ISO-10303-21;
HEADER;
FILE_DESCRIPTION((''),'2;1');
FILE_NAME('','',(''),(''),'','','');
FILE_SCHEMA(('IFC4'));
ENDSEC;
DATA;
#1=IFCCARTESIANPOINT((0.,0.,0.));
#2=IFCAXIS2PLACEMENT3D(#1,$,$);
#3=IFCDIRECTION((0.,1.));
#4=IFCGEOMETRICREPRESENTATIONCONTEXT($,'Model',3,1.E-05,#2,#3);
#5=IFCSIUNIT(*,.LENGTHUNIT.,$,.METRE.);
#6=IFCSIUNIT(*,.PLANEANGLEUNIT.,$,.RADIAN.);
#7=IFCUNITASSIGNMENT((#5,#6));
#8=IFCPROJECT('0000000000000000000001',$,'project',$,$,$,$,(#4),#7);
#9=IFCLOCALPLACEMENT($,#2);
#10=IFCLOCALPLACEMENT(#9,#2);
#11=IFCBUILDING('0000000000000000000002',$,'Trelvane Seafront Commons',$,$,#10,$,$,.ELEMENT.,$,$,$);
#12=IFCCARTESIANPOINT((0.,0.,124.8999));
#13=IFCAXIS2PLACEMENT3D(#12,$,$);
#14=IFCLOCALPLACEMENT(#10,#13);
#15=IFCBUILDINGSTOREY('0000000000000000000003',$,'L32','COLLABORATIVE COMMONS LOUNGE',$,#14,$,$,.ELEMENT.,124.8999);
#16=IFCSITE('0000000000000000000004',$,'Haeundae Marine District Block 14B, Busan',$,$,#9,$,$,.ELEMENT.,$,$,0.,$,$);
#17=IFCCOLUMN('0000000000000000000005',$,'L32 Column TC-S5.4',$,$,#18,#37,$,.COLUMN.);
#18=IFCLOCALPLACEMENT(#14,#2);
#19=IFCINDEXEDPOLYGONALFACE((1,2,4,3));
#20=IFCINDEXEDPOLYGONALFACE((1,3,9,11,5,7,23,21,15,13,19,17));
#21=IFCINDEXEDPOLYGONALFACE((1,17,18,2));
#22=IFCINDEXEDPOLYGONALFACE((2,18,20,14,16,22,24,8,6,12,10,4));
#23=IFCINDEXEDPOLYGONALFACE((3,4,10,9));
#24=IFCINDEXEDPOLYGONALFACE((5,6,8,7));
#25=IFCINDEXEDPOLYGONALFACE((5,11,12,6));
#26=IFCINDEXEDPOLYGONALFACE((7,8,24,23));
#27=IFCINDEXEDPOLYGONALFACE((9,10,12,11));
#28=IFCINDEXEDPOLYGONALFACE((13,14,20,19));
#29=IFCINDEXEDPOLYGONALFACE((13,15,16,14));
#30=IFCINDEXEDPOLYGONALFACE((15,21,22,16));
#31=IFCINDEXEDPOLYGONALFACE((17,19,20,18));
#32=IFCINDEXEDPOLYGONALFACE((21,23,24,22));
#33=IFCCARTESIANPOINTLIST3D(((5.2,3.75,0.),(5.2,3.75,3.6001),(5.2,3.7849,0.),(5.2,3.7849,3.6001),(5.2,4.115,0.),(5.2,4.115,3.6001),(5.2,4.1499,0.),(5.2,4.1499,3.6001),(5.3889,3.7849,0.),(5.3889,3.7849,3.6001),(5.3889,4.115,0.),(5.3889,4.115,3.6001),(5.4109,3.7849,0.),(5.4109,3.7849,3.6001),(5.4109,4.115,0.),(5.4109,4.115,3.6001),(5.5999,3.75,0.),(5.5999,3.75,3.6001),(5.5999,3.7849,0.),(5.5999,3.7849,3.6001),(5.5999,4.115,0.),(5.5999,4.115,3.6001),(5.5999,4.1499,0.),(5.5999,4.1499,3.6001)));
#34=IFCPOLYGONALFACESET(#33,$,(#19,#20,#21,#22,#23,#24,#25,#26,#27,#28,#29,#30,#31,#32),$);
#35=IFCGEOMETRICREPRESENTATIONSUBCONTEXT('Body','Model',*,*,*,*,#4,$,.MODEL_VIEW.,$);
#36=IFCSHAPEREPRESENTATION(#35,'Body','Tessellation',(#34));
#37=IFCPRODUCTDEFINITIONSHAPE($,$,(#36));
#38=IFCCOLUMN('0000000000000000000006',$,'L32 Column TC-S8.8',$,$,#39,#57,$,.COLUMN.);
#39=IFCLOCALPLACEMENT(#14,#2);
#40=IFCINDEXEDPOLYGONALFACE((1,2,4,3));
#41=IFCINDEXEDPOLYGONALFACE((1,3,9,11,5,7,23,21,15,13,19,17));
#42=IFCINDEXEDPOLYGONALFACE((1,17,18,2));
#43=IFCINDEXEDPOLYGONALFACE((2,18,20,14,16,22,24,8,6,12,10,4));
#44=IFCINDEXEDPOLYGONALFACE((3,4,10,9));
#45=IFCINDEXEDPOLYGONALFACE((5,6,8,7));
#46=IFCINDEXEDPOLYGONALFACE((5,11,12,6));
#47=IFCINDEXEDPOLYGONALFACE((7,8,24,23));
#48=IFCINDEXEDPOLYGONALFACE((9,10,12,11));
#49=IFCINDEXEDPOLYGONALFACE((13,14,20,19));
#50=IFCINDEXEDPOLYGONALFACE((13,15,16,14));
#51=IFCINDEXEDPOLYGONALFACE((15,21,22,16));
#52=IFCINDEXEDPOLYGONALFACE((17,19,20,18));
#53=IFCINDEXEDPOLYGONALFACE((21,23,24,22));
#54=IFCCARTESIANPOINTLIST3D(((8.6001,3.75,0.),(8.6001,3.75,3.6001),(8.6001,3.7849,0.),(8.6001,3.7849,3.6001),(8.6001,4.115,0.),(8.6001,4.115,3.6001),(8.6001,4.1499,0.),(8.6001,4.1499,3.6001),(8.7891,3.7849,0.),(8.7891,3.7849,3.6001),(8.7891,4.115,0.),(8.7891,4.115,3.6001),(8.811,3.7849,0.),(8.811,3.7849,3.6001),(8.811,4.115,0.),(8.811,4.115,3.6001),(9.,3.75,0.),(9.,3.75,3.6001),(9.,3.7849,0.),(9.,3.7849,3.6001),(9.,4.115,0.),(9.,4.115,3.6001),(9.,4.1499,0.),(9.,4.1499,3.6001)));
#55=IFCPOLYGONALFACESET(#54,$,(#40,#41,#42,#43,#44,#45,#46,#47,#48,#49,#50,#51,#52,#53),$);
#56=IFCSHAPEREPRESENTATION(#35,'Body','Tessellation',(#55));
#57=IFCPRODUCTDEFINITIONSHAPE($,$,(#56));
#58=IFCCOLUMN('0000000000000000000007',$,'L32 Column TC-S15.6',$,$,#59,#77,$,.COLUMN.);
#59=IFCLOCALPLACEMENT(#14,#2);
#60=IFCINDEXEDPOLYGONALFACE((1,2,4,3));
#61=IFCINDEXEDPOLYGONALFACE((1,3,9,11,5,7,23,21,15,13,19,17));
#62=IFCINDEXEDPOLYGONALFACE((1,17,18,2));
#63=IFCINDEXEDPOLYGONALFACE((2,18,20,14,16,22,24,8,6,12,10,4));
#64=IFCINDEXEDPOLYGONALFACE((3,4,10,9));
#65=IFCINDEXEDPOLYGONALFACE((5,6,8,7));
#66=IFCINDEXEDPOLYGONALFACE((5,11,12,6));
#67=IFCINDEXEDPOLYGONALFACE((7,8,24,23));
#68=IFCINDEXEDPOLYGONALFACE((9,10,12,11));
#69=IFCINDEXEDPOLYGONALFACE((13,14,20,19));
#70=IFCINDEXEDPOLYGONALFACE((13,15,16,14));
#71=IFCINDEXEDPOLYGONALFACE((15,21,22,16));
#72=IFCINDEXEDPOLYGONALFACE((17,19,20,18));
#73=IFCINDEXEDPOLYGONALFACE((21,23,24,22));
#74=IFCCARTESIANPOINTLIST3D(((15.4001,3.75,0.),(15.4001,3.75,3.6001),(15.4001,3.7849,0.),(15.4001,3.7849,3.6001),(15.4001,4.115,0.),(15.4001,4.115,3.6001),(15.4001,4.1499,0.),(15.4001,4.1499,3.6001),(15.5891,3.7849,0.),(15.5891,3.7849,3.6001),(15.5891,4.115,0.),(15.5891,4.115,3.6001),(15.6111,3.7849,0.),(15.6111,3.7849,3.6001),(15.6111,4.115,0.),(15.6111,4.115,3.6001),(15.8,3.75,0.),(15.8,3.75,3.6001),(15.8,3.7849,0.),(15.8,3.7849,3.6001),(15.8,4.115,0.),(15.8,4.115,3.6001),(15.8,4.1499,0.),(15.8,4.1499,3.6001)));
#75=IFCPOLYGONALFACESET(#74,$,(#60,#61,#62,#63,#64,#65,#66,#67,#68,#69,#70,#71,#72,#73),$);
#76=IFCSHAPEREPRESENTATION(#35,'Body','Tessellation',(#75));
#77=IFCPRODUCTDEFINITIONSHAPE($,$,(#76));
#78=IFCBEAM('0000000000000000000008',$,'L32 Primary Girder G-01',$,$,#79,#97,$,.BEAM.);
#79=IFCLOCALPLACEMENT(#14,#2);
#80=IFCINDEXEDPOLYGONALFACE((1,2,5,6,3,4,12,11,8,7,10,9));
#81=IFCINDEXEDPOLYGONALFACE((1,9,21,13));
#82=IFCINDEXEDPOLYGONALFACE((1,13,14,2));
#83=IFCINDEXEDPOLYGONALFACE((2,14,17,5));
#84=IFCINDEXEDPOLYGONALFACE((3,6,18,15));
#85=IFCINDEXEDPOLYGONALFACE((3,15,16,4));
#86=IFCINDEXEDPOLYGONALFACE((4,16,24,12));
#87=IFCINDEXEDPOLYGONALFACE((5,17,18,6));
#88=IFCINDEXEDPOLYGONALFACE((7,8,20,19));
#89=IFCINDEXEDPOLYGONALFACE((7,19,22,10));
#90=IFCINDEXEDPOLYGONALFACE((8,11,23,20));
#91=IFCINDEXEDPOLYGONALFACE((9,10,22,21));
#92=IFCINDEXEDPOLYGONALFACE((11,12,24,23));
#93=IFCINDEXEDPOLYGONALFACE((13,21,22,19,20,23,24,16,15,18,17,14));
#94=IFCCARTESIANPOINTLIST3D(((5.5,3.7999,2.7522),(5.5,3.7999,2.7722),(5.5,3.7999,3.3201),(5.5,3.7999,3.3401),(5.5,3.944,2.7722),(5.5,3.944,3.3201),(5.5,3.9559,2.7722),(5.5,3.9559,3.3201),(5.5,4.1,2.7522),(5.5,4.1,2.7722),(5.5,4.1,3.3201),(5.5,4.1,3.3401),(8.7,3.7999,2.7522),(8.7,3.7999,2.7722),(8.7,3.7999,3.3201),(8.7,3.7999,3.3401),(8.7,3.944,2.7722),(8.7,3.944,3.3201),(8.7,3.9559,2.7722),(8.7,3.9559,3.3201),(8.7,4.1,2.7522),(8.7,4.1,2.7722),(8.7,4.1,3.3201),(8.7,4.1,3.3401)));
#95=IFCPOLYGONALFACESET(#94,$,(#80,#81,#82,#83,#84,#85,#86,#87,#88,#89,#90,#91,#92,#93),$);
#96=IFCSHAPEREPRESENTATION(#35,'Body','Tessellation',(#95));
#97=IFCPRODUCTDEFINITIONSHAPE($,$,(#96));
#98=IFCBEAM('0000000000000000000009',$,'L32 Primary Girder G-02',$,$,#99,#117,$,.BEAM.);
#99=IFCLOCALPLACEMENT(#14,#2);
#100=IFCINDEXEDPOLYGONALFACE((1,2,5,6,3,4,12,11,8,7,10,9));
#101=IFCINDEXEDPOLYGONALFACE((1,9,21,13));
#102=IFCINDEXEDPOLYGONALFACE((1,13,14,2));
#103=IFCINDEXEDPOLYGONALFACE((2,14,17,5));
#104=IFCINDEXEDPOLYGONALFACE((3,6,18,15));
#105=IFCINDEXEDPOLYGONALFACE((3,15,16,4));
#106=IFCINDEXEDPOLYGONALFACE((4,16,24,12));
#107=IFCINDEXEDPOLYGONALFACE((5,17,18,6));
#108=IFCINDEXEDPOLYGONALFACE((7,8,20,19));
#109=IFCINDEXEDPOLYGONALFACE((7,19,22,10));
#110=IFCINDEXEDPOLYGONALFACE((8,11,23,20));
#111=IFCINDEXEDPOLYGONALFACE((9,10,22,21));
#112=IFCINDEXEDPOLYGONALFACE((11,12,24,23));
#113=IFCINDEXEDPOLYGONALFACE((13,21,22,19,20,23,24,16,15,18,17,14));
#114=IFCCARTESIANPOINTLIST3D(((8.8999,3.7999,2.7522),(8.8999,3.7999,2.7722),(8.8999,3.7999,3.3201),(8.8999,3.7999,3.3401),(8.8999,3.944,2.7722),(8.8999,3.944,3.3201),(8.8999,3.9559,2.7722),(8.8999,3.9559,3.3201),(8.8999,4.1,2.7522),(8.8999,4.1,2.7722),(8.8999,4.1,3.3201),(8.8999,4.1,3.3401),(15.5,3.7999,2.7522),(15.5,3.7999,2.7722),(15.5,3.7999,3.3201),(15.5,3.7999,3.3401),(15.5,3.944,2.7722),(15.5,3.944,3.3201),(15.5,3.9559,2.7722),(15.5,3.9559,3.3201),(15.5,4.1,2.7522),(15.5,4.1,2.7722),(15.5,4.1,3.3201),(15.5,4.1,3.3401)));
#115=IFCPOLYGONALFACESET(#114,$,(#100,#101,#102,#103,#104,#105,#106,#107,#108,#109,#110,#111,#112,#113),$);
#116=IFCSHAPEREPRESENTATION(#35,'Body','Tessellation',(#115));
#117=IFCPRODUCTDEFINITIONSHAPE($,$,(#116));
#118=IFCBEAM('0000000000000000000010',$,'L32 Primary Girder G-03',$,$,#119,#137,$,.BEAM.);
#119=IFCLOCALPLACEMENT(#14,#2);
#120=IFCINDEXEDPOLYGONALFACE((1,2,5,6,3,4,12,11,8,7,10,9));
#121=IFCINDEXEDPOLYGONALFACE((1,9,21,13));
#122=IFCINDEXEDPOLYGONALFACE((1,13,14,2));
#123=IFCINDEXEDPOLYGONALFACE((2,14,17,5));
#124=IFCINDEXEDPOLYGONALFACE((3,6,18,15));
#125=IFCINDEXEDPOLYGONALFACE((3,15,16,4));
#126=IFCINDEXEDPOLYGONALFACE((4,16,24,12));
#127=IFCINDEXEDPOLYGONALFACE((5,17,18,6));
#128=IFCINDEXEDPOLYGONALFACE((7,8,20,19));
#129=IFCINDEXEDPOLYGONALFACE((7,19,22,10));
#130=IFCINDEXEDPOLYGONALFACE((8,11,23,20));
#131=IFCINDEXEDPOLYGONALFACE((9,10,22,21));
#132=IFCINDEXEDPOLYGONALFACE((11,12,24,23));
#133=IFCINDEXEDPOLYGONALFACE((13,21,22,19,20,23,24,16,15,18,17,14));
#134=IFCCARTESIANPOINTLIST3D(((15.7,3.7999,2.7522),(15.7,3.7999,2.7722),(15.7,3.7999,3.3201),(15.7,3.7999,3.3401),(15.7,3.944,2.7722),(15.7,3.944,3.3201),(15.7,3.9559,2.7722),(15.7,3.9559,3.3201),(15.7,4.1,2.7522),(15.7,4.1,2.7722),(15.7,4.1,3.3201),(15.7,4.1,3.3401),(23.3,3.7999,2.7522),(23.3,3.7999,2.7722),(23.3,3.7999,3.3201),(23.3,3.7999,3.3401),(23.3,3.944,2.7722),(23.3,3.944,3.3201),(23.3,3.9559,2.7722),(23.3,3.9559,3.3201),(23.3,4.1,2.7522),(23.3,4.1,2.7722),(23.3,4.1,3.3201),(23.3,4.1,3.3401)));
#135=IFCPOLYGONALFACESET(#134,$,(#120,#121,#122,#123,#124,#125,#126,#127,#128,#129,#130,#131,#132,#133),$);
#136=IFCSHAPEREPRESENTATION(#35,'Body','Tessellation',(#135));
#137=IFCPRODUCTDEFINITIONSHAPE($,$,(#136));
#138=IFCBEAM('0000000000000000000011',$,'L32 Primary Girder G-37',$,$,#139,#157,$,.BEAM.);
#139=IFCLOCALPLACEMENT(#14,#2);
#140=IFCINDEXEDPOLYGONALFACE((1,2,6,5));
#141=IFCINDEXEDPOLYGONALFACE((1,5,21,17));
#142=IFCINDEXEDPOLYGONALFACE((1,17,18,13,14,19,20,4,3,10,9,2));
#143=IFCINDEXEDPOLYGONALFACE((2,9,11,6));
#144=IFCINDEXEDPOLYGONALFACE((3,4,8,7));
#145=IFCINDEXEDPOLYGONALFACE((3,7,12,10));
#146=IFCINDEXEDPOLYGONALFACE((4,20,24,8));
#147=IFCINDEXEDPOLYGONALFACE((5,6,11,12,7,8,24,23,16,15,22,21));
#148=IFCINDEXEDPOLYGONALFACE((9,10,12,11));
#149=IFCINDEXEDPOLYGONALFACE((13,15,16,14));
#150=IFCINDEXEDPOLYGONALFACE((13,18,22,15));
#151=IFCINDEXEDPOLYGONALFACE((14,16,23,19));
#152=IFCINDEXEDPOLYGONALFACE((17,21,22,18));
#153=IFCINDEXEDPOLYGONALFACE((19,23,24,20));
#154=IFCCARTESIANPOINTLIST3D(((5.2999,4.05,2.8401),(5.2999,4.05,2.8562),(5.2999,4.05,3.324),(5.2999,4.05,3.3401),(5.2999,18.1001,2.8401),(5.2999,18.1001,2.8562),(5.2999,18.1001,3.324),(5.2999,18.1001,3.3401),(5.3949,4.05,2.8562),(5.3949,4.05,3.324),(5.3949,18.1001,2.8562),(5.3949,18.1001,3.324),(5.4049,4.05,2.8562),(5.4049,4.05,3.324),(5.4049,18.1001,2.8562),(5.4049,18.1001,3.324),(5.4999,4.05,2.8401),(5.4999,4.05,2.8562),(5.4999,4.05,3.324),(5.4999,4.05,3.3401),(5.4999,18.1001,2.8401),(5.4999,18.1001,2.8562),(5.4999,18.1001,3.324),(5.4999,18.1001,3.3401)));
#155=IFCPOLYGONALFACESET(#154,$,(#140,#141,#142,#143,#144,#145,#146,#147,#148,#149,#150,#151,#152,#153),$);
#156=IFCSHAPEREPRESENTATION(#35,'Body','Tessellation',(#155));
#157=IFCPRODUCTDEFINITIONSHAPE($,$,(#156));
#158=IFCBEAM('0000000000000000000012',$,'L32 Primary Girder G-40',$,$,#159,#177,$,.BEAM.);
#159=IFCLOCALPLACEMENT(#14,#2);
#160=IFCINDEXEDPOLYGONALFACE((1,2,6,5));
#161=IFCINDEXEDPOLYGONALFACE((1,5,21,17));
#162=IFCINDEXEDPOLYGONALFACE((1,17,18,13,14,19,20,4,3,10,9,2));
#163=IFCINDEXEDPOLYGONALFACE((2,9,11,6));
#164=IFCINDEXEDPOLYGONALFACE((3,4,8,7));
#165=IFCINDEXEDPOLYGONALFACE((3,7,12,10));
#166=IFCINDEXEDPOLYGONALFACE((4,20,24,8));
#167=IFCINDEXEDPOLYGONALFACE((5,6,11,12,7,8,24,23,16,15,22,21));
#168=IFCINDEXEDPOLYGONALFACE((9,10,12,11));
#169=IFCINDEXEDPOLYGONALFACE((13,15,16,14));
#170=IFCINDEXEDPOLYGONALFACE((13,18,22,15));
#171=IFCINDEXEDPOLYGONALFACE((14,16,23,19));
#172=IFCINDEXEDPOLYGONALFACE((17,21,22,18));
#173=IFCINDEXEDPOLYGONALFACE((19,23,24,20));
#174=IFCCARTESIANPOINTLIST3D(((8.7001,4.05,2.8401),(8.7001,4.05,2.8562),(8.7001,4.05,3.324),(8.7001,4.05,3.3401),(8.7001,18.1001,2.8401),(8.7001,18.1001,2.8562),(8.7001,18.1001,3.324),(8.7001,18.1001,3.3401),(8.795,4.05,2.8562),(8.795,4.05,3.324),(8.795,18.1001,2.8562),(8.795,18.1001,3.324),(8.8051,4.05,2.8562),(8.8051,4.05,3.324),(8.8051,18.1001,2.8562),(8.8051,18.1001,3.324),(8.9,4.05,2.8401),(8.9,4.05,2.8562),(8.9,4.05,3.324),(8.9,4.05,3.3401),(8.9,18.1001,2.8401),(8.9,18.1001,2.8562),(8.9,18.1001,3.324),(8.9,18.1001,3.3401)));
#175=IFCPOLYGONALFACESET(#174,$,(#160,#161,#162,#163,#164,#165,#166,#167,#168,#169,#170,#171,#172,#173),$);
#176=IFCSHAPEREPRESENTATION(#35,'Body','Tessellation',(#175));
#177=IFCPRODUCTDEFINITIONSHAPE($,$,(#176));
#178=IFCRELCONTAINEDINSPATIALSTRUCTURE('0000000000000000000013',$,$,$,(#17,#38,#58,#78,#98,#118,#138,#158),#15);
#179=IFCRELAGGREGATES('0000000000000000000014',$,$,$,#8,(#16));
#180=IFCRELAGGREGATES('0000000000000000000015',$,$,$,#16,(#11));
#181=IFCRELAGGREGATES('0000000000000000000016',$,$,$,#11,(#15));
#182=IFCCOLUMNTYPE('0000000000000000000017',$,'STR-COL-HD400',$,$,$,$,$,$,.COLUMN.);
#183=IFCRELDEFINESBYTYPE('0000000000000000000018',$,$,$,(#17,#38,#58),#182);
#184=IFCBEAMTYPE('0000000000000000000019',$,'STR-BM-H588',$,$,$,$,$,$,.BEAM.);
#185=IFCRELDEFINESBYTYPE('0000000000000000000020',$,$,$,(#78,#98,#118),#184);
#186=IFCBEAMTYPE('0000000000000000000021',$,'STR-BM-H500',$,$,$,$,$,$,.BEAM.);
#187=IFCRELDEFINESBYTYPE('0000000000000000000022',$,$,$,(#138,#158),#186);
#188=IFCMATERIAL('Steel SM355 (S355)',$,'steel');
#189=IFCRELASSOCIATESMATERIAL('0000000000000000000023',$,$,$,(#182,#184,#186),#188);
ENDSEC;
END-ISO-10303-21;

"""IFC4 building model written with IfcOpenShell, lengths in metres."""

from ifc_helpers import new_model, si_unit, direction, frame, origin, origin_2d, place, context, subcontext, project, spatial, i_section, extrude, source, transform, mapped, material, material_profile, profile_set, type_object, element, save


model = new_model("IFC4")

# Units and contexts
model_context = context("Model", 3, precision=1e-05, world=origin(), true_north=direction((0.0, 1.0)))
body_context = subcontext(model_context, "Body", "Model", "MODEL_VIEW")
ifc_project = project(units=[si_unit("LENGTHUNIT", "METRE"), si_unit("PLANEANGLEUNIT", "RADIAN")], contexts=[model_context])

# Site, building, storey
site_placement = place(None, origin())
site = spatial("IfcSite", under=ifc_project, at=site_placement, Name="Haeundae Marine District Block 14B, Busan", CompositionType="ELEMENT", RefElevation=0.0)
building_placement = place(site_placement, origin())
building = spatial("IfcBuilding", under=site, at=building_placement, Name="Trelvane Seafront Commons", CompositionType="ELEMENT")
storey_placement = place(building_placement, frame((0.0, 0.0, 124.8999)))
storey = spatial("IfcBuildingStorey", under=building, at=storey_placement, Name="L32", Description="COLLABORATIVE COMMONS LOUNGE", CompositionType="ELEMENT", Elevation=124.8999)

# Columns
ifc_material_1 = material(Name="Steel SM355 (S355)", Category="steel")
ifc_material_profile_1 = material_profile(ifc_material_1, i_section(OverallWidth=0.3999, OverallDepth=0.3999, WebThickness=0.022, FlangeThickness=0.0349, at=origin_2d()), Name="HD-400x400x22x35")
ifc_profile_set_1 = profile_set([ifc_material_profile_1], Name="Steel SM355 (S355)")
column_type = type_object("IfcColumnType", Name="STR-COL-HD400", PredefinedType="COLUMN", material=ifc_profile_set_1)
shared_shape_1 = source(origin(), body_context, "Body", "SweptSolid", [
    extrude(i_section(OverallWidth=0.3999, OverallDepth=0.3999, WebThickness=0.022, FlangeThickness=0.0349, at=origin_2d()), origin(), (0.0, 0.0, 1.0), 3.6001),
])
for number, where, z_axis, x_axis, name in (
    (1, (5.3999, 3.95, 0.0), (0.0, 0.0, 1.0), (1.0, 0.0, 0.0), "L32 Column TC-S5.4"),
    (2, (8.8, 3.95, 0.0), (0.0, 0.0, 1.0), (1.0, 0.0, 0.0), "L32 Column TC-S8.8"),
    (3, (15.6001, 3.95, 0.0), (0.0, 0.0, 1.0), (1.0, 0.0, 0.0), "L32 Column TC-S15.6"),
):
    element("IfcColumn", number, at=place(storey_placement, frame(where, z_axis=z_axis, x_axis=x_axis)), inside=storey, type_object=column_type, Name=name, PredefinedType="COLUMN", context=body_context, shape_type="MappedRepresentation", body=[
        mapped(shared_shape_1, transform((0.0, 0.0, 0.0), x_axis=(1.0, 0.0, 0.0), y_axis=(0.0, 1.0, 0.0), z_axis=(0.0, 0.0, 1.0), scale=1.0)),
    ])

# Beams
ifc_material_profile_2 = material_profile(ifc_material_1, i_section(OverallWidth=0.3, OverallDepth=0.5879, WebThickness=0.012, FlangeThickness=0.02, at=origin_2d()), Name="H-588x300x12x20")
ifc_profile_set_2 = profile_set([ifc_material_profile_2], Name="Steel SM355 (S355)")
beam_type_1 = type_object("IfcBeamType", Name="STR-BM-H588", PredefinedType="BEAM", material=ifc_profile_set_2)
shared_shape_2 = source(origin(), body_context, "Body", "SweptSolid", [
    extrude(i_section(OverallWidth=0.3, OverallDepth=0.5879, WebThickness=0.012, FlangeThickness=0.02, at=origin_2d()), origin(), (0.0, 0.0, 1.0), 3.2),
])
beam_1_placement = place(storey_placement, frame((5.5, 3.95, 3.0461), z_axis=(1.0, 0.0, 0.0), x_axis=(0.0, 1.0, 0.0)))
element("IfcBeam", 4, at=beam_1_placement, inside=storey, type_object=beam_type_1, Name="L32 Primary Girder G-01", PredefinedType="BEAM", context=body_context, shape_type="MappedRepresentation", body=[
    mapped(shared_shape_2, transform((0.0, 0.0, 0.0), x_axis=(1.0, 0.0, 0.0), y_axis=(0.0, 1.0, 0.0), z_axis=(0.0, 0.0, 1.0), scale=1.0)),
])
shared_shape_3 = source(origin(), body_context, "Body", "SweptSolid", [
    extrude(i_section(OverallWidth=0.3, OverallDepth=0.5879, WebThickness=0.012, FlangeThickness=0.02, at=origin_2d()), origin(), (0.0, 0.0, 1.0), 6.6001),
])
beam_2_placement = place(storey_placement, frame((8.8999, 3.95, 3.0461), z_axis=(1.0, 0.0, 0.0), x_axis=(0.0, 1.0, 0.0)))
element("IfcBeam", 5, at=beam_2_placement, inside=storey, type_object=beam_type_1, Name="L32 Primary Girder G-02", PredefinedType="BEAM", context=body_context, shape_type="MappedRepresentation", body=[
    mapped(shared_shape_3, transform((0.0, 0.0, 0.0), x_axis=(1.0, 0.0, 0.0), y_axis=(0.0, 1.0, 0.0), z_axis=(0.0, 0.0, 1.0), scale=1.0)),
])
shared_shape_4 = source(origin(), body_context, "Body", "SweptSolid", [
    extrude(i_section(OverallWidth=0.3, OverallDepth=0.5879, WebThickness=0.012, FlangeThickness=0.02, at=origin_2d()), origin(), (0.0, 0.0, 1.0), 7.6001),
])
beam_3_placement = place(storey_placement, frame((15.7, 3.95, 3.0461), z_axis=(1.0, 0.0, 0.0), x_axis=(0.0, 1.0, 0.0)))
element("IfcBeam", 6, at=beam_3_placement, inside=storey, type_object=beam_type_1, Name="L32 Primary Girder G-03", PredefinedType="BEAM", context=body_context, shape_type="MappedRepresentation", body=[
    mapped(shared_shape_4, transform((0.0, 0.0, 0.0), x_axis=(1.0, 0.0, 0.0), y_axis=(0.0, 1.0, 0.0), z_axis=(0.0, 0.0, 1.0), scale=1.0)),
])
ifc_material_profile_3 = material_profile(ifc_material_1, i_section(OverallWidth=0.2, OverallDepth=0.5, WebThickness=0.01, FlangeThickness=0.0161, at=origin_2d()), Name="H-500x200x10x16")
ifc_profile_set_3 = profile_set([ifc_material_profile_3], Name="Steel SM355 (S355)")
beam_type_2 = type_object("IfcBeamType", Name="STR-BM-H500", PredefinedType="BEAM", material=ifc_profile_set_3)
shared_shape_5 = source(origin(), body_context, "Body", "SweptSolid", [
    extrude(i_section(OverallWidth=0.2, OverallDepth=0.5, WebThickness=0.01, FlangeThickness=0.0161, at=origin_2d()), origin(), (0.0, 0.0, 1.0), 14.05),
])
for number, where, z_axis, x_axis, name in (
    (7, (5.3999, 4.05, 3.0901), (0.0, 1.0, 0.0), (-1.0, 0.0, 0.0), "L32 Primary Girder G-37"),
    (8, (8.8, 4.05, 3.0901), (0.0, 1.0, 0.0), (-1.0, 0.0, 0.0), "L32 Primary Girder G-40"),
):
    element("IfcBeam", number, at=place(storey_placement, frame(where, z_axis=z_axis, x_axis=x_axis)), inside=storey, type_object=beam_type_2, Name=name, PredefinedType="BEAM", context=body_context, shape_type="MappedRepresentation", body=[
        mapped(shared_shape_5, transform((0.0, 0.0, 0.0), x_axis=(1.0, 0.0, 0.0), y_axis=(0.0, 1.0, 0.0), z_axis=(0.0, 0.0, 1.0), scale=1.0)),
    ])

save(model, "model.ifc")
